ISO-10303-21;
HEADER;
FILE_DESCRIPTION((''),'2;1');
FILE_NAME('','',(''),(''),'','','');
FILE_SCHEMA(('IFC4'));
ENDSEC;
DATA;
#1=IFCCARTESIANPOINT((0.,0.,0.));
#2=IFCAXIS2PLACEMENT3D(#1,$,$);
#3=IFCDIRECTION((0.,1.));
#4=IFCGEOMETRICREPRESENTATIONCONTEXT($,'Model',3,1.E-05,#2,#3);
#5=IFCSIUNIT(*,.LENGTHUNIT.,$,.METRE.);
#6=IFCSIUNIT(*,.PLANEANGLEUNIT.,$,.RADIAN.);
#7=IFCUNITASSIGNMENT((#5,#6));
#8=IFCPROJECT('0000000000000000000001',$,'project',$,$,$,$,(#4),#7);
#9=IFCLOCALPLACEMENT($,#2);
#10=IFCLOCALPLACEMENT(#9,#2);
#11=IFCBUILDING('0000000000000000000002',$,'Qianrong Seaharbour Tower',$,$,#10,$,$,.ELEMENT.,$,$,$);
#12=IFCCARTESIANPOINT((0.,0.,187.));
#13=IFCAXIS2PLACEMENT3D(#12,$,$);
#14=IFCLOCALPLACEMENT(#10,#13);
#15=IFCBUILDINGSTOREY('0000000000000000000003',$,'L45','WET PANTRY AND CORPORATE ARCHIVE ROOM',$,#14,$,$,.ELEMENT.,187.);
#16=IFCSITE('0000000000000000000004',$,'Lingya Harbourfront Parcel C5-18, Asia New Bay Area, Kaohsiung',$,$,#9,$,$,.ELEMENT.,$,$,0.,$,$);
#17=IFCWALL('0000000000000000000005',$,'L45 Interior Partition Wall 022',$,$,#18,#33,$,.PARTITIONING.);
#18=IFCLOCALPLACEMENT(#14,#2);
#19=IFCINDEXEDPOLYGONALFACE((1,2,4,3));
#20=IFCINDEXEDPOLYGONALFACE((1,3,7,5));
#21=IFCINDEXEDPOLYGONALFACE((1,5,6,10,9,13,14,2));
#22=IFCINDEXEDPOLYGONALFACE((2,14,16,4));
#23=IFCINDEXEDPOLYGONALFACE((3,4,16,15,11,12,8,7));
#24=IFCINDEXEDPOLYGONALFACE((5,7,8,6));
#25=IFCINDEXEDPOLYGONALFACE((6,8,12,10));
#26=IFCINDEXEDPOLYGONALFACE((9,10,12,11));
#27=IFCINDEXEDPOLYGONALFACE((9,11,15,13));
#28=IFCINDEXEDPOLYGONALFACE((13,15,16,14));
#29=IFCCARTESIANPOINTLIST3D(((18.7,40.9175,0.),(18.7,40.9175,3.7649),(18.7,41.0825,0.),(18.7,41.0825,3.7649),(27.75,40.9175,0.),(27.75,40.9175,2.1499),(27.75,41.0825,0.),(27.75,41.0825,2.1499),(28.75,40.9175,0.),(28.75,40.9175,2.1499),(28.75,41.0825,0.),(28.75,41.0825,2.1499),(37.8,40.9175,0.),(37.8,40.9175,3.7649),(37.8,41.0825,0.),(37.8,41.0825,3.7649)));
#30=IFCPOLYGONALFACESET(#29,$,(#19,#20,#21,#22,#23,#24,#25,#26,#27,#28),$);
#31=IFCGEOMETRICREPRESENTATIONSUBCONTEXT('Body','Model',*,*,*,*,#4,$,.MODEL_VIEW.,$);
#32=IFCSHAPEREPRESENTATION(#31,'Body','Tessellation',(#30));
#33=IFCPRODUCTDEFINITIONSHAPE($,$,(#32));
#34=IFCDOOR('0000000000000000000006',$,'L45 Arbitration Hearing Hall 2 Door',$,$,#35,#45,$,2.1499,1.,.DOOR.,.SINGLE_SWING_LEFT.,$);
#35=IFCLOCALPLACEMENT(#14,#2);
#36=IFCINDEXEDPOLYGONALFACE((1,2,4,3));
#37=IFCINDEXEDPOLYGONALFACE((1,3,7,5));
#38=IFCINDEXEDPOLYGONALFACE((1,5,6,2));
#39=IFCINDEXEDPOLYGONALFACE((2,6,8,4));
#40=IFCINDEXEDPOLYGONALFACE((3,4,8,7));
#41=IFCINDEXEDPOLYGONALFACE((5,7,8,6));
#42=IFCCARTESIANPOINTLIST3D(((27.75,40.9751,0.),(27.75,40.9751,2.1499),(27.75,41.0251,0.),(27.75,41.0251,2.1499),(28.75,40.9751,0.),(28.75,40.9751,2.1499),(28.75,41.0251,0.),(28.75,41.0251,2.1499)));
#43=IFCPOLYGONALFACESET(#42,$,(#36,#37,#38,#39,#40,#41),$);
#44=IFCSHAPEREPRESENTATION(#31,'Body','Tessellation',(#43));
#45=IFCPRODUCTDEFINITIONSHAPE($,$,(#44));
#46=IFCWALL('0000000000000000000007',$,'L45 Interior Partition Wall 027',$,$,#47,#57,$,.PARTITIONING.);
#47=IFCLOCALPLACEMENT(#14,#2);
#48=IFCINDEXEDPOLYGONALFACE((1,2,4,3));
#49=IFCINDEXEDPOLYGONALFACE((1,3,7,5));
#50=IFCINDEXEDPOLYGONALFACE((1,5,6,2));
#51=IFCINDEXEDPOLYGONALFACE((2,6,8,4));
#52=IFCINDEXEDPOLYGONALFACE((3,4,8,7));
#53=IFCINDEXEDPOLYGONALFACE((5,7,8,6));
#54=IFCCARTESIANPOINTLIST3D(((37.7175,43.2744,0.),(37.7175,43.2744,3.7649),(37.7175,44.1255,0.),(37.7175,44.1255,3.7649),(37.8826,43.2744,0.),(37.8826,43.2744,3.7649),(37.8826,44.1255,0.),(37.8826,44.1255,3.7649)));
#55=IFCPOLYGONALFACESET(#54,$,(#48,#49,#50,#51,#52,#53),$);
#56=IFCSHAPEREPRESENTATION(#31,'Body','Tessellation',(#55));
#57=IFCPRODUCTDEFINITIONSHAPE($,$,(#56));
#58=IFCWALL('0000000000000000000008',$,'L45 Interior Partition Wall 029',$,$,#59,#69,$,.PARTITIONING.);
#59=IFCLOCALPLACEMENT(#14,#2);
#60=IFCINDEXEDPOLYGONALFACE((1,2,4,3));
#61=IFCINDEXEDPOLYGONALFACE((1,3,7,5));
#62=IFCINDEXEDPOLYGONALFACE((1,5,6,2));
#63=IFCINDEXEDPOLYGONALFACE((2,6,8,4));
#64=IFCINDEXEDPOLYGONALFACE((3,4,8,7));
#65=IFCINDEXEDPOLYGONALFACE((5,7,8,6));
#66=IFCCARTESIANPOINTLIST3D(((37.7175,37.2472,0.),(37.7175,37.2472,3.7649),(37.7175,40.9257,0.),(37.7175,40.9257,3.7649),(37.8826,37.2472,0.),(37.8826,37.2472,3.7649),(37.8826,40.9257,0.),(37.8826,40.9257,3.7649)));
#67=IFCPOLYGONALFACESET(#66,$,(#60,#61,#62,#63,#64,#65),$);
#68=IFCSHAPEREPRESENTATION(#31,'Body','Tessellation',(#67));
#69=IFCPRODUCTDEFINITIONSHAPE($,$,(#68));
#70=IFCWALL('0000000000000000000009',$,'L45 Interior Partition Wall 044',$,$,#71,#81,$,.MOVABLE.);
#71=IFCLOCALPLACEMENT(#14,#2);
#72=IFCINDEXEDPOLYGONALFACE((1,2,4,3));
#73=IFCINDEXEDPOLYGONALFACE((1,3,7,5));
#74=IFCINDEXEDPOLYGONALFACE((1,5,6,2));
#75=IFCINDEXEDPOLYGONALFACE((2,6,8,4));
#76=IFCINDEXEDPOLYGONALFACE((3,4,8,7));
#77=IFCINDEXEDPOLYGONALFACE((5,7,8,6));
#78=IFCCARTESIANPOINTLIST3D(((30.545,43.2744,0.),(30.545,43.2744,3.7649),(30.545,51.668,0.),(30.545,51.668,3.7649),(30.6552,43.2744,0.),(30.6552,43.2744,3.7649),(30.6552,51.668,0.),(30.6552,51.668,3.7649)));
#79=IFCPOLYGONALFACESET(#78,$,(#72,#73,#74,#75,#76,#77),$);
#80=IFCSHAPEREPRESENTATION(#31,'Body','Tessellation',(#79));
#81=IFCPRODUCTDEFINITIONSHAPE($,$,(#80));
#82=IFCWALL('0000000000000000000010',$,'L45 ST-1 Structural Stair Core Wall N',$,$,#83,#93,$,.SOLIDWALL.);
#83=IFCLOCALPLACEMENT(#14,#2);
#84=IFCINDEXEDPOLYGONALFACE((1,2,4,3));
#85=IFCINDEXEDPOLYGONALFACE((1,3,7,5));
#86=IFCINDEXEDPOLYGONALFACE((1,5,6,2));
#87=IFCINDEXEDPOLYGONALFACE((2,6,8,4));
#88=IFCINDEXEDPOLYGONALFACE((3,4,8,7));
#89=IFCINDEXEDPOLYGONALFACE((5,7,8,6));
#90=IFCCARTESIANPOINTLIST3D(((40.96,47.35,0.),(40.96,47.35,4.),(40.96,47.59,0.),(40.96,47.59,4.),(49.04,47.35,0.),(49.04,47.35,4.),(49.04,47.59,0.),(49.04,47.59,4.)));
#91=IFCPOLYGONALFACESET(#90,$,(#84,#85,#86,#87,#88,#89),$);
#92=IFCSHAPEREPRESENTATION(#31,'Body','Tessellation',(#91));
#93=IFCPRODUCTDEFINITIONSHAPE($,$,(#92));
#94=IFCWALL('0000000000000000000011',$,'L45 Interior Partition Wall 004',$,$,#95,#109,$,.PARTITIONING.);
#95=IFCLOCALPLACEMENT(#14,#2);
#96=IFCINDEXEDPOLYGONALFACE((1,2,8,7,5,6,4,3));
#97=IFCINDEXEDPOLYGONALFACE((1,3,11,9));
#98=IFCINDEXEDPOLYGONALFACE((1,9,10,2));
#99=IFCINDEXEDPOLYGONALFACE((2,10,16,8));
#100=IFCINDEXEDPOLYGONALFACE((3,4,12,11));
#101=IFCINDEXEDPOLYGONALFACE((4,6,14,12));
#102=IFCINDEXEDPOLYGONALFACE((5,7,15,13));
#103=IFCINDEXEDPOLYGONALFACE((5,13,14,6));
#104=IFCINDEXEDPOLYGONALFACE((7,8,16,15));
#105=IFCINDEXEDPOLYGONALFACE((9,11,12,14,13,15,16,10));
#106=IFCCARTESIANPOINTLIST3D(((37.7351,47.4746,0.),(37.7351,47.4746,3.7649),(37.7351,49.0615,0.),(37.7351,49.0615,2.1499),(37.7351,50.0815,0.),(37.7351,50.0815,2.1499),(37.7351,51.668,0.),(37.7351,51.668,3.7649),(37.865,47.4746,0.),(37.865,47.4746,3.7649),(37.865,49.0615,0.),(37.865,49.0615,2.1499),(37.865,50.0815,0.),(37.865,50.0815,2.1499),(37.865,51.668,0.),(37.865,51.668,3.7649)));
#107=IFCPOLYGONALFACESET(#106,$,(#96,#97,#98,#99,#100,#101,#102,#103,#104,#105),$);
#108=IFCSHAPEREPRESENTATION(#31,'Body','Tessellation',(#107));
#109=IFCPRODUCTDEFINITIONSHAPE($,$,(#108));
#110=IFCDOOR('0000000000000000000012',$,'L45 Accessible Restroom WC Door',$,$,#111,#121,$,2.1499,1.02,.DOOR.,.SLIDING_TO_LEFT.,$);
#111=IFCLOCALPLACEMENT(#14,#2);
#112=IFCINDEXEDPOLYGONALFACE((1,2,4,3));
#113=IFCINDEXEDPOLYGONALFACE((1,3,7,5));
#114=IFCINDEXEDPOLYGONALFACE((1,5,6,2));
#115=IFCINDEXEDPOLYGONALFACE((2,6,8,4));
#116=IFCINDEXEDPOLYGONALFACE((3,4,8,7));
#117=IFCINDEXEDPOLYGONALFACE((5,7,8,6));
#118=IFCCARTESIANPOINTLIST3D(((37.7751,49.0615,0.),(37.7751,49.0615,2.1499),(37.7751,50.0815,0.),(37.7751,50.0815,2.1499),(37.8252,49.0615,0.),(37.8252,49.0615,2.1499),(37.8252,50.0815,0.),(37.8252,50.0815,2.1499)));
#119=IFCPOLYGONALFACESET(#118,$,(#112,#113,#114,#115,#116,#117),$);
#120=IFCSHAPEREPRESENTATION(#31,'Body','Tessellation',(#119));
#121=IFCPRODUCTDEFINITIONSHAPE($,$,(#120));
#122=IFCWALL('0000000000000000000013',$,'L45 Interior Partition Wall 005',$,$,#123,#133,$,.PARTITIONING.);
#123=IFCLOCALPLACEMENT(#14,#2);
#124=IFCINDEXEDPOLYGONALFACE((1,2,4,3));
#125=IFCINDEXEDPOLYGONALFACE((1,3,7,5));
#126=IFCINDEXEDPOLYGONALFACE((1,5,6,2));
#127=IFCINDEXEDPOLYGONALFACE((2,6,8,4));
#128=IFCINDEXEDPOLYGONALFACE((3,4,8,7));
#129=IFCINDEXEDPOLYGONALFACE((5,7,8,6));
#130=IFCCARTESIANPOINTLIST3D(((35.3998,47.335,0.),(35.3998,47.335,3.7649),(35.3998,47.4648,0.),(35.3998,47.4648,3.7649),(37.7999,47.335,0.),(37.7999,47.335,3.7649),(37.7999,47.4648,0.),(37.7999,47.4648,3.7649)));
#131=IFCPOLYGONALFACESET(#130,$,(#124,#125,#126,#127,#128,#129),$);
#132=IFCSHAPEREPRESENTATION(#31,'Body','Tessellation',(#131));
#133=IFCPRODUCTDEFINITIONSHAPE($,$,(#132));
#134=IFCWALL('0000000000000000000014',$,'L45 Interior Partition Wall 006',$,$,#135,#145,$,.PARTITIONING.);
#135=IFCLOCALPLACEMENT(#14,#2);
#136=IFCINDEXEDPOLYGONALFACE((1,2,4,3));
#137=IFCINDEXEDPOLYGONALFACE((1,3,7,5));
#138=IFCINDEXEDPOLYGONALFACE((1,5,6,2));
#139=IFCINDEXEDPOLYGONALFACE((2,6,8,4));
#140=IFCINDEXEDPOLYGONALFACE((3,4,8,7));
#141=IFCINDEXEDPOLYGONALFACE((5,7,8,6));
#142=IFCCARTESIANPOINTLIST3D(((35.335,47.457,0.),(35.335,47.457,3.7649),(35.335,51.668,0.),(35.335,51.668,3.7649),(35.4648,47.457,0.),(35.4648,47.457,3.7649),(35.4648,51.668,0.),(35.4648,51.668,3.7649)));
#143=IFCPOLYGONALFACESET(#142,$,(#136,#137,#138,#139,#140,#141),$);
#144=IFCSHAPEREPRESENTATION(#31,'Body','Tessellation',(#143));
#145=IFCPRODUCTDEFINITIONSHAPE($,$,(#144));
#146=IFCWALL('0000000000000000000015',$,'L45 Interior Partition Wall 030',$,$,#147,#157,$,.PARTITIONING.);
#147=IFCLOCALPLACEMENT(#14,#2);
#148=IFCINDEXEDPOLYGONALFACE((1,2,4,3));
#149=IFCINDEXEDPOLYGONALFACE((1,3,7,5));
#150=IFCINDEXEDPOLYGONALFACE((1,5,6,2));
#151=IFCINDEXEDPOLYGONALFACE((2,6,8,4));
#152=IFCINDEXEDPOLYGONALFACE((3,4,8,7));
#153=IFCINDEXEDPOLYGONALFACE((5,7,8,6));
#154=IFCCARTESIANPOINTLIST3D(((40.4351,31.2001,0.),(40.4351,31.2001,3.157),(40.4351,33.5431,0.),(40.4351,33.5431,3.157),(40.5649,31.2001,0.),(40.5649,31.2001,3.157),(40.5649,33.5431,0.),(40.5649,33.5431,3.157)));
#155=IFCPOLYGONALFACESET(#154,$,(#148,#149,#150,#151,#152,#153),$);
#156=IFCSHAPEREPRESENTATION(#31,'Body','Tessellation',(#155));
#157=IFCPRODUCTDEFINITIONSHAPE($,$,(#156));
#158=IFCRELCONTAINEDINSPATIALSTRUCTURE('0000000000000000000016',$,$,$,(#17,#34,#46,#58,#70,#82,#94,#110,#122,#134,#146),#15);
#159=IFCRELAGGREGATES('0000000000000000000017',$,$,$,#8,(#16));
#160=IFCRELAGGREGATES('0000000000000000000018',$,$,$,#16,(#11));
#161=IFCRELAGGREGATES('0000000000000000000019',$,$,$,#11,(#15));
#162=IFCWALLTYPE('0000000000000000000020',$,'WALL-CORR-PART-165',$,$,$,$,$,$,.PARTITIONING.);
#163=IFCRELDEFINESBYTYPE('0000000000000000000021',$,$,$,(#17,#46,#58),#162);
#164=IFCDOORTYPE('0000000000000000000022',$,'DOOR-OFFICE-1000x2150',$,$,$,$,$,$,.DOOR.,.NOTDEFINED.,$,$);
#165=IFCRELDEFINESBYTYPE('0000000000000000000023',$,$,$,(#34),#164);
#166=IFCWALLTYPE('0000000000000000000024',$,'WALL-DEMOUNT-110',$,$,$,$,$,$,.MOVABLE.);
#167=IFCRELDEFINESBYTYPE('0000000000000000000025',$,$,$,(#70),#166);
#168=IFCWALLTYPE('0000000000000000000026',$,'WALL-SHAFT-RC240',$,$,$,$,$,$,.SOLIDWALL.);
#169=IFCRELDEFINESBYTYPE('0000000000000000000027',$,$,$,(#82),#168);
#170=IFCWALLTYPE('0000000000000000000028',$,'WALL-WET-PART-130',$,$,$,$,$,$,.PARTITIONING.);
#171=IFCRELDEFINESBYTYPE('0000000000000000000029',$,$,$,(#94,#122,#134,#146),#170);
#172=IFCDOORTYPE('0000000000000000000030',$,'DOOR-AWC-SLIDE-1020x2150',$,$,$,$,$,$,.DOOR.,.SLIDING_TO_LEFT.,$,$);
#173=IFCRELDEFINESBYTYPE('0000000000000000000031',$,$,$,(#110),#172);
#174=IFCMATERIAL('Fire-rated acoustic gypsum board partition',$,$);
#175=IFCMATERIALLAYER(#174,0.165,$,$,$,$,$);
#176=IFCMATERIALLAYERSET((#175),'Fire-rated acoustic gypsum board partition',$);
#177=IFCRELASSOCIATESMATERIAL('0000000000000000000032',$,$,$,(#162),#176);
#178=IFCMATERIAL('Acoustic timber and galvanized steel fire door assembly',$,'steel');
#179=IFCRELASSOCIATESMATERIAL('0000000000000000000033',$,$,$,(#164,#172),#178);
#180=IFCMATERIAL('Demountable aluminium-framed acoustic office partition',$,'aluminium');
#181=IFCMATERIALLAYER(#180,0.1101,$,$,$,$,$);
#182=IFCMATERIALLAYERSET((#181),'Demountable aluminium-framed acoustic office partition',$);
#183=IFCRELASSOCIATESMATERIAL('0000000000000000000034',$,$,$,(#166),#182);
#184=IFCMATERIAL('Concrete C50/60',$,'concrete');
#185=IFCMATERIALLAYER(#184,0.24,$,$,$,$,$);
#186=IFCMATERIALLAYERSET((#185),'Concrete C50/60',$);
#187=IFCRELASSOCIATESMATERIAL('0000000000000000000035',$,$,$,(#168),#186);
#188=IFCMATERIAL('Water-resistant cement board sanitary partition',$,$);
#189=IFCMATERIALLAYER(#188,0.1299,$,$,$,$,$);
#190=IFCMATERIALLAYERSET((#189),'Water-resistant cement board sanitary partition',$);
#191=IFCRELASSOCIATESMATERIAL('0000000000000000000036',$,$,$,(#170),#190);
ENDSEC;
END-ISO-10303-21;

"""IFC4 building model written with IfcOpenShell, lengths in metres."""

from ifc_helpers import new_model, si_unit, direction, frame, frame_2d, origin, place, context, subcontext, project, spatial, rectangle, extrude, material, layer, layer_set, type_object, element, fill, save


model = new_model("IFC4")

# Units and contexts
model_context = context("Model", 3, precision=1e-05, world=origin(), true_north=direction((0.0, 1.0)))
body_context = subcontext(model_context, "Body", "Model", "MODEL_VIEW")
ifc_project = project(units=[si_unit("LENGTHUNIT", "METRE"), si_unit("PLANEANGLEUNIT", "RADIAN")], contexts=[model_context])

# Site, building, storey
site_placement = place(None, origin())
site = spatial("IfcSite", under=ifc_project, at=site_placement, Name="Lingya Harbourfront Parcel C5-18, Asia New Bay Area, Kaohsiung", CompositionType="ELEMENT", RefElevation=0.0)
building_placement = place(site_placement, origin())
building = spatial("IfcBuilding", under=site, at=building_placement, Name="Qianrong Seaharbour Tower", CompositionType="ELEMENT")
storey_placement = place(building_placement, frame((0.0, 0.0, 187.0)))
storey = spatial("IfcBuildingStorey", under=building, at=storey_placement, Name="L45", Description="WET PANTRY AND CORPORATE ARCHIVE ROOM", CompositionType="ELEMENT", Elevation=187.0)

# Shared definitions
ifc_material_1 = material(Name="Fire-rated acoustic gypsum board partition")
ifc_layer_1 = layer(ifc_material_1, 0.165)
ifc_layer_set_1 = layer_set([ifc_layer_1], Name="Fire-rated acoustic gypsum board partition")
wall_type_1 = type_object("IfcWallType", Name="WALL-CORR-PART-165", PredefinedType="PARTITIONING", material=ifc_layer_set_1)
ifc_material_2 = material(Name="Acoustic timber and galvanized steel fire door assembly", Category="steel")

# Wall, opening, door
wall_1_placement = place(storey_placement, frame((37.8, 41.0, 0.0), z_axis=(0.0, 0.0, 1.0), x_axis=(-1.0, 0.0, 0.0)))
wall_1 = element("IfcWall", 1, at=wall_1_placement, inside=storey, type_object=wall_type_1, Name="L45 Interior Partition Wall 022", PredefinedType="PARTITIONING", context=body_context, shape_type="SweptSolid", body=[
    extrude(rectangle(XDim=19.1001, YDim=0.165, at=frame_2d((9.55, 0.0))), origin(), (0.0, 0.0, 1.0), 3.7649),
])
opening_1_placement = place(wall_1_placement, frame((9.05, 0.0, 0.0)))
opening_1 = element("IfcOpeningElement", 2, at=opening_1_placement, cuts=wall_1, PredefinedType="OPENING", context=body_context, shape_type="SweptSolid", body=[
    extrude(rectangle(XDim=1.0, YDim=2.1499, at=frame_2d((0.5, 1.075))), frame((0.0, 0.0925, 0.0), z_axis=(0.0, -1.0, 0.0), x_axis=(1.0, 0.0, 0.0)), (0.0, 0.0, 1.0), 0.1851),
])
door_type_1 = type_object("IfcDoorType", Name="DOOR-OFFICE-1000x2150", OperationType="NOTDEFINED", PredefinedType="DOOR", material=ifc_material_2)
door_1_placement = place(opening_1_placement, origin())
door_1 = element("IfcDoor", 3, at=door_1_placement, inside=storey, type_object=door_type_1, Name="L45 Arbitration Hearing Hall 2 Door", OperationType="SINGLE_SWING_LEFT", OverallHeight=2.1499, OverallWidth=1.0, PredefinedType="DOOR", context=body_context, shape_type="SweptSolid", body=[
    extrude(rectangle(XDim=1.0, YDim=2.1499, at=frame_2d((0.5, 1.075))), frame((0.0, 0.0249, 0.0), z_axis=(0.0, -1.0, 0.0), x_axis=(1.0, 0.0, 0.0)), (0.0, 0.0, 1.0), 0.05),
])
fill(opening_1, door_1)

# Walls
wall_2_placement = place(storey_placement, frame((37.8, 43.2744, 0.0), z_axis=(0.0, 0.0, 1.0), x_axis=(0.0, 1.0, 0.0)))
element("IfcWall", 4, at=wall_2_placement, inside=storey, type_object=wall_type_1, Name="L45 Interior Partition Wall 027", PredefinedType="PARTITIONING", context=body_context, shape_type="SweptSolid", body=[
    extrude(rectangle(XDim=0.8511, YDim=0.165, at=frame_2d((0.4255, 0.0))), origin(), (0.0, 0.0, 1.0), 3.7649),
])
wall_3_placement = place(storey_placement, frame((37.8, 37.2471, 0.0), z_axis=(0.0, 0.0, 1.0), x_axis=(0.0, 1.0, 0.0)))
element("IfcWall", 5, at=wall_3_placement, inside=storey, type_object=wall_type_1, Name="L45 Interior Partition Wall 029", PredefinedType="PARTITIONING", context=body_context, shape_type="SweptSolid", body=[
    extrude(rectangle(XDim=3.6785, YDim=0.165, at=frame_2d((1.8394, 0.0))), origin(), (0.0, 0.0, 1.0), 3.7649),
])
ifc_material_3 = material(Name="Demountable aluminium-framed acoustic office partition", Category="aluminium")
ifc_layer_2 = layer(ifc_material_3, 0.1101)
ifc_layer_set_2 = layer_set([ifc_layer_2], Name="Demountable aluminium-framed acoustic office partition")
wall_type_2 = type_object("IfcWallType", Name="WALL-DEMOUNT-110", PredefinedType="MOVABLE", material=ifc_layer_set_2)
wall_4_placement = place(storey_placement, frame((30.6001, 51.668, 0.0), z_axis=(0.0, 0.0, 1.0), x_axis=(0.0, -1.0, 0.0)))
element("IfcWall", 6, at=wall_4_placement, inside=storey, type_object=wall_type_2, Name="L45 Interior Partition Wall 044", PredefinedType="MOVABLE", context=body_context, shape_type="SweptSolid", body=[
    extrude(rectangle(XDim=8.3936, YDim=0.1101, at=frame_2d((4.1968, 0.0))), origin(), (0.0, 0.0, 1.0), 3.7649),
])
ifc_material_4 = material(Name="Concrete C50/60", Category="concrete")
ifc_layer_3 = layer(ifc_material_4, 0.24)
ifc_layer_set_3 = layer_set([ifc_layer_3], Name="Concrete C50/60")
wall_type_3 = type_object("IfcWallType", Name="WALL-SHAFT-RC240", PredefinedType="SOLIDWALL", material=ifc_layer_set_3)
wall_5_placement = place(storey_placement, frame((40.96, 47.47, 0.0), z_axis=(0.0, 0.0, 1.0), x_axis=(1.0, 0.0, 0.0)))
element("IfcWall", 7, at=wall_5_placement, inside=storey, type_object=wall_type_3, Name="L45 ST-1 Structural Stair Core Wall N", PredefinedType="SOLIDWALL", context=body_context, shape_type="SweptSolid", body=[
    extrude(rectangle(XDim=8.0801, YDim=0.24, at=frame_2d((4.04, 0.0))), origin(), (0.0, 0.0, 1.0), 4.0),
])

# Wall, opening, door
ifc_material_5 = material(Name="Water-resistant cement board sanitary partition")
ifc_layer_4 = layer(ifc_material_5, 0.1299)
ifc_layer_set_4 = layer_set([ifc_layer_4], Name="Water-resistant cement board sanitary partition")
wall_type_4 = type_object("IfcWallType", Name="WALL-WET-PART-130", PredefinedType="PARTITIONING", material=ifc_layer_set_4)
wall_6_placement = place(storey_placement, frame((37.8, 47.4746, 0.0), z_axis=(0.0, 0.0, 1.0), x_axis=(0.0, 1.0, 0.0)))
wall_6 = element("IfcWall", 8, at=wall_6_placement, inside=storey, type_object=wall_type_4, Name="L45 Interior Partition Wall 004", PredefinedType="PARTITIONING", context=body_context, shape_type="SweptSolid", body=[
    extrude(rectangle(XDim=4.1934, YDim=0.1299, at=frame_2d((2.0967, 0.0))), origin(), (0.0, 0.0, 1.0), 3.7649),
])
opening_2_placement = place(wall_6_placement, frame((1.5869, 0.0, 0.0)))
opening_2 = element("IfcOpeningElement", 9, at=opening_2_placement, cuts=wall_6, PredefinedType="OPENING", context=body_context, shape_type="SweptSolid", body=[
    extrude(rectangle(XDim=1.02, YDim=2.1499, at=frame_2d((0.51, 1.075))), frame((0.0, 0.075, 0.0), z_axis=(0.0, -1.0, 0.0), x_axis=(1.0, 0.0, 0.0)), (0.0, 0.0, 1.0), 0.1499),
])
door_type_2 = type_object("IfcDoorType", Name="DOOR-AWC-SLIDE-1020x2150", OperationType="SLIDING_TO_LEFT", PredefinedType="DOOR", material=ifc_material_2)
door_2_placement = place(opening_2_placement, origin())
door_2 = element("IfcDoor", 10, at=door_2_placement, inside=storey, type_object=door_type_2, Name="L45 Accessible Restroom WC Door", OperationType="SLIDING_TO_LEFT", OverallHeight=2.1499, OverallWidth=1.02, PredefinedType="DOOR", context=body_context, shape_type="SweptSolid", body=[
    extrude(rectangle(XDim=1.02, YDim=2.1499, at=frame_2d((0.51, 1.075))), frame((0.0, 0.0249, 0.0), z_axis=(0.0, -1.0, 0.0), x_axis=(1.0, 0.0, 0.0)), (0.0, 0.0, 1.0), 0.05),
])
fill(opening_2, door_2)

# Walls
wall_7_placement = place(storey_placement, frame((37.8, 47.3999, 0.0), z_axis=(0.0, 0.0, 1.0), x_axis=(-1.0, 0.0, 0.0)))
element("IfcWall", 11, at=wall_7_placement, inside=storey, type_object=wall_type_4, Name="L45 Interior Partition Wall 005", PredefinedType="PARTITIONING", context=body_context, shape_type="SweptSolid", body=[
    extrude(rectangle(XDim=2.4001, YDim=0.1299, at=frame_2d((1.2002, 0.0))), origin(), (0.0, 0.0, 1.0), 3.7649),
])
wall_8_placement = place(storey_placement, frame((35.3999, 47.457, 0.0), z_axis=(0.0, 0.0, 1.0), x_axis=(0.0, 1.0, 0.0)))
element("IfcWall", 12, at=wall_8_placement, inside=storey, type_object=wall_type_4, Name="L45 Interior Partition Wall 006", PredefinedType="PARTITIONING", context=body_context, shape_type="SweptSolid", body=[
    extrude(rectangle(XDim=4.2109, YDim=0.1299, at=frame_2d((2.1055, 0.0))), origin(), (0.0, 0.0, 1.0), 3.7649),
])
wall_9_placement = place(storey_placement, frame((40.5, 33.543, 0.0), z_axis=(0.0, 0.0, 1.0), x_axis=(0.0, -1.0, 0.0)))
element("IfcWall", 13, at=wall_9_placement, inside=storey, type_object=wall_type_4, Name="L45 Interior Partition Wall 030", PredefinedType="PARTITIONING", context=body_context, shape_type="SweptSolid", body=[
    extrude(rectangle(XDim=2.343, YDim=0.1299, at=frame_2d((1.1714, 0.0))), origin(), (0.0, 0.0, 1.0), 3.157),
])

save(model, "model.ifc")
